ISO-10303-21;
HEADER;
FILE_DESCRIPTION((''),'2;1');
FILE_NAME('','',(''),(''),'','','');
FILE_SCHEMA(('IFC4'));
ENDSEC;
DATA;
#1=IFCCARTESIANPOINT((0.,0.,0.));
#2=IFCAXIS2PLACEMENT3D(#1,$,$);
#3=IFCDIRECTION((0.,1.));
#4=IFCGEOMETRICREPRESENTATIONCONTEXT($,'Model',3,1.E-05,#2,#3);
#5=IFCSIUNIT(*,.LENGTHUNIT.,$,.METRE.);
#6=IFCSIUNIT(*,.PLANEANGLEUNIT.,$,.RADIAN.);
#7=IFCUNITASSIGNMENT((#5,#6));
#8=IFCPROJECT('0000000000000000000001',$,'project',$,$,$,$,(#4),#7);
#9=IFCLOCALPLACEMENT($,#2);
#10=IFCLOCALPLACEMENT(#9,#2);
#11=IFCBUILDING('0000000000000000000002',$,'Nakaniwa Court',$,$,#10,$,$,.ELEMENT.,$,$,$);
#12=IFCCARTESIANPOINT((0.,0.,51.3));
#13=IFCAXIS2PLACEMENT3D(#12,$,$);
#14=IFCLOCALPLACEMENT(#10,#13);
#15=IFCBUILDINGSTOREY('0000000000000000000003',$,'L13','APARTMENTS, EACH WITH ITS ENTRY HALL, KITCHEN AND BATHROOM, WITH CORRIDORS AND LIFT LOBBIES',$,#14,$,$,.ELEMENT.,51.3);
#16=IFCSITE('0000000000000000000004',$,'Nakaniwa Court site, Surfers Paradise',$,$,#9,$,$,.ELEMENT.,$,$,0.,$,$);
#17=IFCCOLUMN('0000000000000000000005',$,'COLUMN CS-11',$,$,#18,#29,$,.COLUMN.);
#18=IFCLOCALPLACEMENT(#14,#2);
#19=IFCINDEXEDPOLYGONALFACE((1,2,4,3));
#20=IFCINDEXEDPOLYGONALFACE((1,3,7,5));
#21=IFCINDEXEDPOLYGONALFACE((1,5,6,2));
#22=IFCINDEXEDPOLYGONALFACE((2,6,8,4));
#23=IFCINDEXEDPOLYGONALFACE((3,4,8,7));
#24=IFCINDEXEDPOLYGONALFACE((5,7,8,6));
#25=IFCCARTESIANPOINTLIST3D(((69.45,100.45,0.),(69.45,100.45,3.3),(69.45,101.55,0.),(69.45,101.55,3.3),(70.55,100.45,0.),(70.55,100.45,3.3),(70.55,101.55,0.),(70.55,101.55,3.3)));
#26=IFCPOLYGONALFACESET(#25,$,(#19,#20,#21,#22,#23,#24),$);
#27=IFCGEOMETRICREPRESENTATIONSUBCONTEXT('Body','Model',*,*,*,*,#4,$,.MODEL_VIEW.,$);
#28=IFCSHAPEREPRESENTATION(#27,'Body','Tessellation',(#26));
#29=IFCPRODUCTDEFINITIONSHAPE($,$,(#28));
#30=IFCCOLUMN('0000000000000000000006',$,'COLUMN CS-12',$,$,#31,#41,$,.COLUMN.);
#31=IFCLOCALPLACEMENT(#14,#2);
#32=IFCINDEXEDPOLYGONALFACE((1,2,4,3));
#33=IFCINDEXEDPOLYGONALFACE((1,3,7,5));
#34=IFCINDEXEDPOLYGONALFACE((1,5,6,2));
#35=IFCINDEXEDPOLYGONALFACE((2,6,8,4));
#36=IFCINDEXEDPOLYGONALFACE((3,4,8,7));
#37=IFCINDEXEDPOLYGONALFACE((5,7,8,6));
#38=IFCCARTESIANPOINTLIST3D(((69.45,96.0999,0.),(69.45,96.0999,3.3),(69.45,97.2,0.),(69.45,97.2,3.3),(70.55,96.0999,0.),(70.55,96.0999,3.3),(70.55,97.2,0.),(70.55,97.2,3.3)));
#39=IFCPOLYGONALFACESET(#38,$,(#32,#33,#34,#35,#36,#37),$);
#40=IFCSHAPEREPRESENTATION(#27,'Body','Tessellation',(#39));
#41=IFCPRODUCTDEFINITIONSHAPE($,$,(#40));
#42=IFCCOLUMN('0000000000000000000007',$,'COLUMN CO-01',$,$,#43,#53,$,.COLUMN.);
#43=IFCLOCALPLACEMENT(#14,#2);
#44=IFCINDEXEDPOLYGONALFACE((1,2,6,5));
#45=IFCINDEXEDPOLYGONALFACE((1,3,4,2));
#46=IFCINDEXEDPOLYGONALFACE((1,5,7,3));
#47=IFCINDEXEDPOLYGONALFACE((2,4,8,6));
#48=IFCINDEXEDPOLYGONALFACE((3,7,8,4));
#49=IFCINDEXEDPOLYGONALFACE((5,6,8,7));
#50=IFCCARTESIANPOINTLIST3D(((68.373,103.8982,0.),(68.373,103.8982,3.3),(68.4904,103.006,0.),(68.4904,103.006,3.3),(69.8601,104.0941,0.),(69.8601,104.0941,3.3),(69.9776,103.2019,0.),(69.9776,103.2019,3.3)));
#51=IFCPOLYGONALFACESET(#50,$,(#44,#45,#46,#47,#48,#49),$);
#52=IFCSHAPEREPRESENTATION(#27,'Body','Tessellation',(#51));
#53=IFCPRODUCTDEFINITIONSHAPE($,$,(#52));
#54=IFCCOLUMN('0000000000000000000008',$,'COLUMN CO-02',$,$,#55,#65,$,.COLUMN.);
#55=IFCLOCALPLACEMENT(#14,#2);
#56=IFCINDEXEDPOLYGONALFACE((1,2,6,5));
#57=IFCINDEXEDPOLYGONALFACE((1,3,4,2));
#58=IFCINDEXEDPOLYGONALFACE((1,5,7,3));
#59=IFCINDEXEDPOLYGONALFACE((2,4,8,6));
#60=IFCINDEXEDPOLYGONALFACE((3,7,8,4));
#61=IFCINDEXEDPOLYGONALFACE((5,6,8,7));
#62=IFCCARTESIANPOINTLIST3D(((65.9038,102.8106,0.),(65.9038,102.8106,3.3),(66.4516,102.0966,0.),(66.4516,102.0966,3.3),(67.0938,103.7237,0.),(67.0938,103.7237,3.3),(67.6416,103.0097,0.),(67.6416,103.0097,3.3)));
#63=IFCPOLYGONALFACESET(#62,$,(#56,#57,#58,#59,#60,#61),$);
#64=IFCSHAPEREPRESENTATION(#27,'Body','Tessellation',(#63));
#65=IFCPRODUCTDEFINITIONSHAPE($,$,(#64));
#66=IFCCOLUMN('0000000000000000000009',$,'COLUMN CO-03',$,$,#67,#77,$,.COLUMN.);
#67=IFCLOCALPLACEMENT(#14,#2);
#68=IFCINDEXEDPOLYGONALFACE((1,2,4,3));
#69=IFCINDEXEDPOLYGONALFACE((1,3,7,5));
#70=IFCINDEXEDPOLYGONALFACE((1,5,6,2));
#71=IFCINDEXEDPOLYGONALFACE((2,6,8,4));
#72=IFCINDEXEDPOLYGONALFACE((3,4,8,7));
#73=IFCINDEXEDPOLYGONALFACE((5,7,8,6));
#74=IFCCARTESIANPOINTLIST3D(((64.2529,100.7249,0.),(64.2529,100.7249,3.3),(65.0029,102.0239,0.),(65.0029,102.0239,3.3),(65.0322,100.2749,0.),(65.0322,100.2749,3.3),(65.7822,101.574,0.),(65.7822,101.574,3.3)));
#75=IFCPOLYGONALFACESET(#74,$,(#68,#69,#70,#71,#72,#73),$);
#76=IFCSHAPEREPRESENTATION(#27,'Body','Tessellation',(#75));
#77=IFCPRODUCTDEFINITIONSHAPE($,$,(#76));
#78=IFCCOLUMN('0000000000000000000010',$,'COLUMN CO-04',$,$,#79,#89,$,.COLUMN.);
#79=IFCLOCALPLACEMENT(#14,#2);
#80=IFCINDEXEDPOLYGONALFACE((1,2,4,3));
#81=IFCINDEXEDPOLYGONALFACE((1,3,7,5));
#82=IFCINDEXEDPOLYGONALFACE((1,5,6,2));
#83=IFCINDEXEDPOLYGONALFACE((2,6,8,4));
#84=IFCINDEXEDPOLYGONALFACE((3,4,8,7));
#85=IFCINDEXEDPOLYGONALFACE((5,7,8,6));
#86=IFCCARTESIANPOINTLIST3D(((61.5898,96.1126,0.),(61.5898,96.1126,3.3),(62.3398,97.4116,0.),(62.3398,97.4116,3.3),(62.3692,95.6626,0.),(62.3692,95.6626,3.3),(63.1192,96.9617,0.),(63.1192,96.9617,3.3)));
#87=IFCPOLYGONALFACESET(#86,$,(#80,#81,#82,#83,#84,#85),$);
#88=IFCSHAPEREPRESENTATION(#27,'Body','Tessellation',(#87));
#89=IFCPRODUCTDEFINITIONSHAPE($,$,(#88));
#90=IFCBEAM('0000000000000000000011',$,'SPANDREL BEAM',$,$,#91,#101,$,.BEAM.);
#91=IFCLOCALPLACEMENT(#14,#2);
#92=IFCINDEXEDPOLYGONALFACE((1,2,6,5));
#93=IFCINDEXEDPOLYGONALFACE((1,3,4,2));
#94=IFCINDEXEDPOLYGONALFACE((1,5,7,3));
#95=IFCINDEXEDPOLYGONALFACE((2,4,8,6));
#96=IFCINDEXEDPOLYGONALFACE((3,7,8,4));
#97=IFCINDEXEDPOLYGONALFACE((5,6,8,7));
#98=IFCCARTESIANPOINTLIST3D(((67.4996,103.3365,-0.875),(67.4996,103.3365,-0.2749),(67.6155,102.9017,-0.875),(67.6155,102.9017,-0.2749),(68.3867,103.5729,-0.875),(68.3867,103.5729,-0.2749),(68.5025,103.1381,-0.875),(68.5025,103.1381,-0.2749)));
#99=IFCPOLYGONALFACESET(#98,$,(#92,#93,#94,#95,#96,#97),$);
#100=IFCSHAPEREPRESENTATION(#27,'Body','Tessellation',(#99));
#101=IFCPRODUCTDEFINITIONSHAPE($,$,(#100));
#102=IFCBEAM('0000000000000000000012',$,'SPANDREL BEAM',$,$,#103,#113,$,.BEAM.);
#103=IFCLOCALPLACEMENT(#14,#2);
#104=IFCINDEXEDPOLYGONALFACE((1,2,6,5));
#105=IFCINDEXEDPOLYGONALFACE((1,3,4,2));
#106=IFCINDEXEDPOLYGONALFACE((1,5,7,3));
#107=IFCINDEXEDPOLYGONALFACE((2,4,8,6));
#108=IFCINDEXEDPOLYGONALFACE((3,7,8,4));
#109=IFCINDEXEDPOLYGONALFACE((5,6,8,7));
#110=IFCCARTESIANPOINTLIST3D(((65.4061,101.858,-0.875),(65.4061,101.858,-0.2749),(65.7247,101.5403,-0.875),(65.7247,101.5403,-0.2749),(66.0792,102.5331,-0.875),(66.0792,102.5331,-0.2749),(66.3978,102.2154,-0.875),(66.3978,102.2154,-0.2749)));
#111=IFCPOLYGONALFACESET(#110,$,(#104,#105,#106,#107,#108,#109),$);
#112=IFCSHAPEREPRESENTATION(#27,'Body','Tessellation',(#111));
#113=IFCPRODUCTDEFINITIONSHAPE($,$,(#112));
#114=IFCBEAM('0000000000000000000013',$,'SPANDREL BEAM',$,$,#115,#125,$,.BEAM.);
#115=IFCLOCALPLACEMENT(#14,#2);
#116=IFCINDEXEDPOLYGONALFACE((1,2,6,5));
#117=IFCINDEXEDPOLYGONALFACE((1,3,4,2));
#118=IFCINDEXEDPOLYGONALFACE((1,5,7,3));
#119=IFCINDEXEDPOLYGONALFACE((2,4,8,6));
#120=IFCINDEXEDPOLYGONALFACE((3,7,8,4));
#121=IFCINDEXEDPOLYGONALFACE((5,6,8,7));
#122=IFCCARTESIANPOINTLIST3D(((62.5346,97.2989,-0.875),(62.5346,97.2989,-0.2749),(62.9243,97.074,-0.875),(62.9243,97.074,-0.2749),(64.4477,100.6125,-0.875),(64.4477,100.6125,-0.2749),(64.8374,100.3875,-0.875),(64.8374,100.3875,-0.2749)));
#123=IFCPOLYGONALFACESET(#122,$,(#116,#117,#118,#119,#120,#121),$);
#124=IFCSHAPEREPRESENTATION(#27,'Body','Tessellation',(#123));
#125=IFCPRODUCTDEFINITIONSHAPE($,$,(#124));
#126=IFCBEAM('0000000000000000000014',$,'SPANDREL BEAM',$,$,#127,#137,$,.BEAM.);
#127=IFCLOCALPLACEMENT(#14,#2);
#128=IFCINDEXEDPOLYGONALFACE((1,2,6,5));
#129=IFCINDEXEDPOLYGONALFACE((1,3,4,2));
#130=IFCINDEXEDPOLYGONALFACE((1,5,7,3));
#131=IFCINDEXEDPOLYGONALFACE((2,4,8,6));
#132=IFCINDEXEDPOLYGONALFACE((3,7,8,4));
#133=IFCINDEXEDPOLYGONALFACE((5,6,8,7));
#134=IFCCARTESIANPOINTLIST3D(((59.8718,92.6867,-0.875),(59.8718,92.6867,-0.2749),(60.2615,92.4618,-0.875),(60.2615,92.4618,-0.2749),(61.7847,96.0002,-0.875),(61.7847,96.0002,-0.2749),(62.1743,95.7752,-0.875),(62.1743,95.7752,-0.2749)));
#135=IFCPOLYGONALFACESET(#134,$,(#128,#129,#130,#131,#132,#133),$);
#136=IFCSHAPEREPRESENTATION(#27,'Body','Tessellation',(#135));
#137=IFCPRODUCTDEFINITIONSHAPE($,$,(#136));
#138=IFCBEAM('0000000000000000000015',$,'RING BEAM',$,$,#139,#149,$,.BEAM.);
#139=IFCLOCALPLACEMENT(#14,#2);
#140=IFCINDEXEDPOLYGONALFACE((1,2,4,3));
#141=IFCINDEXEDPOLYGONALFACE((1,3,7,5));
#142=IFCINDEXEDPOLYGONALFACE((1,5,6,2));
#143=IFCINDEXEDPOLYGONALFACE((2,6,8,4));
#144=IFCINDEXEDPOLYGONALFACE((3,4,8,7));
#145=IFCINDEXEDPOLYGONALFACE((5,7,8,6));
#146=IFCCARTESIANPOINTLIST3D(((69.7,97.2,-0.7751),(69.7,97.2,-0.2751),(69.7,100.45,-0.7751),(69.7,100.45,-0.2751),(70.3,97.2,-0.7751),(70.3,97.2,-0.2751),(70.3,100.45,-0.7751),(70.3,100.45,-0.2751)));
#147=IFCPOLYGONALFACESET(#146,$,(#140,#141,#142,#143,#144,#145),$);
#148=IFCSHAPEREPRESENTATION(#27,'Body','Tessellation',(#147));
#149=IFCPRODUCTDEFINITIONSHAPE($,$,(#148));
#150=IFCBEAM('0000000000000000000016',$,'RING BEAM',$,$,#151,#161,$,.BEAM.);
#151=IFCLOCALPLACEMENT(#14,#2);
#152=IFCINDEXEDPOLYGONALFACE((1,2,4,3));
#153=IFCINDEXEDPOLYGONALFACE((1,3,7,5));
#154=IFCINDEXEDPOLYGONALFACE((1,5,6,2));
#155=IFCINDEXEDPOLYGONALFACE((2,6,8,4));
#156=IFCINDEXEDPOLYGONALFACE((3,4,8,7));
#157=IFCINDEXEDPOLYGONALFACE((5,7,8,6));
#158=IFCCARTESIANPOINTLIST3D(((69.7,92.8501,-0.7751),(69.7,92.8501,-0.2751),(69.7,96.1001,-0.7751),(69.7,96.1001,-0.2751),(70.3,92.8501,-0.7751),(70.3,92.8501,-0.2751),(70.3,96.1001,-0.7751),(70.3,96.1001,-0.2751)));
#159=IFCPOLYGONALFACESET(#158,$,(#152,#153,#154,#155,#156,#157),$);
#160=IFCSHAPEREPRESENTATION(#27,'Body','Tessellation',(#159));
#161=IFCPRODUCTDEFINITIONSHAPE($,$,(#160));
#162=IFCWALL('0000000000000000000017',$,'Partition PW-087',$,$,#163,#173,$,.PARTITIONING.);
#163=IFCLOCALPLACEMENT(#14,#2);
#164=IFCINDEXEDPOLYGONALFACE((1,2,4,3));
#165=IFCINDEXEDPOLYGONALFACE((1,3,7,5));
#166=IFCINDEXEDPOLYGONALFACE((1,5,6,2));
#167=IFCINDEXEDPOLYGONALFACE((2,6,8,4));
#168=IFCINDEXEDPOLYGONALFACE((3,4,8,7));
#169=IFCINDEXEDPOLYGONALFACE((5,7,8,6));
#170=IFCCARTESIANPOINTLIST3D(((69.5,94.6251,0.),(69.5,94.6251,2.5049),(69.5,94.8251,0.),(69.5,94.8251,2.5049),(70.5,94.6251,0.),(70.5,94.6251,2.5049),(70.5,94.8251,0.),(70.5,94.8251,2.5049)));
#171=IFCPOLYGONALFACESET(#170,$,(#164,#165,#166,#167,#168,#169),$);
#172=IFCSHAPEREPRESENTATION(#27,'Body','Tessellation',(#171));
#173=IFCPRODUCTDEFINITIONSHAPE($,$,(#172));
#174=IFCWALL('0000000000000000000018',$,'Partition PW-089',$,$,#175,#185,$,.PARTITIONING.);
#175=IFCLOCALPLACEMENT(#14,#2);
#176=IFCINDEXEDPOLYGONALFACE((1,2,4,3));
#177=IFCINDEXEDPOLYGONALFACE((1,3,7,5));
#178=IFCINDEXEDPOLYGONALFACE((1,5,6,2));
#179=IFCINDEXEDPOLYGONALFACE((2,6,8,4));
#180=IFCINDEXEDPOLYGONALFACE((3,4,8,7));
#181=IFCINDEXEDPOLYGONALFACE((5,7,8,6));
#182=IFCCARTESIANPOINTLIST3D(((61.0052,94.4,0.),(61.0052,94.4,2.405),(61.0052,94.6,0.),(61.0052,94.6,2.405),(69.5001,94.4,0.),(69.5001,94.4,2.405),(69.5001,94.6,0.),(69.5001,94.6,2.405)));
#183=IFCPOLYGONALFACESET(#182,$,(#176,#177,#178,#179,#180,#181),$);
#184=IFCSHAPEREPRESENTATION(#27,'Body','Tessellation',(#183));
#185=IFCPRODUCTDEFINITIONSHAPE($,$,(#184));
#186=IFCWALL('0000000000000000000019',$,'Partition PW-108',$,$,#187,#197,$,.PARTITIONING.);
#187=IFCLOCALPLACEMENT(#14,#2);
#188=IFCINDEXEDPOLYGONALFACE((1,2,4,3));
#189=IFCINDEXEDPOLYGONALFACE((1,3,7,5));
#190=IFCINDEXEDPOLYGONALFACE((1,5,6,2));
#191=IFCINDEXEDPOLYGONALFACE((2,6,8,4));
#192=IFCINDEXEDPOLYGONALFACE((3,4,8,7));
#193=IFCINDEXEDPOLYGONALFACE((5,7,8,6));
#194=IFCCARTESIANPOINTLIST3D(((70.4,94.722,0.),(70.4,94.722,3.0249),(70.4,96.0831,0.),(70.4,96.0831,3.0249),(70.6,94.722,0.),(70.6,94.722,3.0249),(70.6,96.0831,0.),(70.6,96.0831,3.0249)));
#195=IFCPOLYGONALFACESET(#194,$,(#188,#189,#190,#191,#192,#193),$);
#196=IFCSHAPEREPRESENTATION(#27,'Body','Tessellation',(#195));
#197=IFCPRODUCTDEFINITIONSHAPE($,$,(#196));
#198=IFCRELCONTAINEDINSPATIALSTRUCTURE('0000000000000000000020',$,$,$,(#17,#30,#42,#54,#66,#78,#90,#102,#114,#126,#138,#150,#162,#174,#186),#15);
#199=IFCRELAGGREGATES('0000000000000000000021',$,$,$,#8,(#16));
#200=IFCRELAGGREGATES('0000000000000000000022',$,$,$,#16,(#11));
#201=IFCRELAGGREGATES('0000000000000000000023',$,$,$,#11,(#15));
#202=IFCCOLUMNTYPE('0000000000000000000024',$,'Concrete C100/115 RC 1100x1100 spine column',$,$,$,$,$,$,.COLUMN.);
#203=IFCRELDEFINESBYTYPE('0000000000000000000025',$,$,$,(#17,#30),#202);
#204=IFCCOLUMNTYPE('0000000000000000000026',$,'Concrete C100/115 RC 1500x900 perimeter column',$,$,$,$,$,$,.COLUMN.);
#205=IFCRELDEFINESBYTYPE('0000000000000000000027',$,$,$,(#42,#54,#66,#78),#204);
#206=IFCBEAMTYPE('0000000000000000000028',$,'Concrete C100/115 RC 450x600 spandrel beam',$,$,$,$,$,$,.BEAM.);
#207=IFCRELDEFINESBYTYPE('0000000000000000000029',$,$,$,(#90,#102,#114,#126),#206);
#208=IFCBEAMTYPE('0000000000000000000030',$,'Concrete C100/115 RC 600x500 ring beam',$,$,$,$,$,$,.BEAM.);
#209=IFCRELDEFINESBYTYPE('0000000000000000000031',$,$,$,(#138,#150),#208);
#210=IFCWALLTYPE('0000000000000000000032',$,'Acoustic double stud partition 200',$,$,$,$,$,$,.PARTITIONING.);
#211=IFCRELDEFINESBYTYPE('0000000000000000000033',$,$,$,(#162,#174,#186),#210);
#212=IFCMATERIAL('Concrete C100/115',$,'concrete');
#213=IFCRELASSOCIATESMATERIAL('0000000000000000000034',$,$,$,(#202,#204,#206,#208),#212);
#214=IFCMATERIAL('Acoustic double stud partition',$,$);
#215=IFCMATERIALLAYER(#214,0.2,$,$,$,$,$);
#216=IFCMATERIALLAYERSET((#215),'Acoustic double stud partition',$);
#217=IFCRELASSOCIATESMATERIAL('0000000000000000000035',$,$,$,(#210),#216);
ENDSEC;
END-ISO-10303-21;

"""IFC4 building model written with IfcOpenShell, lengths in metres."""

from ifc_helpers import new_model, si_unit, direction, frame, frame_2d, origin, origin_2d, place, context, subcontext, project, spatial, rectangle, extrude, material, layer, layer_set, material_profile, profile_set, type_object, element, save


model = new_model("IFC4")

# Units and contexts
model_context = context("Model", 3, precision=1e-05, world=origin(), true_north=direction((0.0, 1.0)))
body_context = subcontext(model_context, "Body", "Model", "MODEL_VIEW")
ifc_project = project(units=[si_unit("LENGTHUNIT", "METRE"), si_unit("PLANEANGLEUNIT", "RADIAN")], contexts=[model_context])

# Site, building, storey
site_placement = place(None, origin())
site = spatial("IfcSite", under=ifc_project, at=site_placement, Name="Nakaniwa Court site, Surfers Paradise", CompositionType="ELEMENT", RefElevation=0.0)
building_placement = place(site_placement, origin())
building = spatial("IfcBuilding", under=site, at=building_placement, Name="Nakaniwa Court", CompositionType="ELEMENT")
storey_placement = place(building_placement, frame((0.0, 0.0, 51.3)))
storey = spatial("IfcBuildingStorey", under=building, at=storey_placement, Name="L13", Description="APARTMENTS, EACH WITH ITS ENTRY HALL, KITCHEN AND BATHROOM, WITH CORRIDORS AND LIFT LOBBIES", CompositionType="ELEMENT", Elevation=51.3)

# Columns
ifc_material_1 = material(Name="Concrete C100/115", Category="concrete")
ifc_material_profile_1 = material_profile(ifc_material_1, rectangle(XDim=1.1001, YDim=1.1001, at=origin_2d()), Name="Concrete C100/115 RC 1100x1100 spine column")
ifc_profile_set_1 = profile_set([ifc_material_profile_1], Name="Concrete C100/115")
column_type_1 = type_object("IfcColumnType", Name="Concrete C100/115 RC 1100x1100 spine column", PredefinedType="COLUMN", material=ifc_profile_set_1)
for number, where, z_axis, x_axis, name in (
    (1, (70.0, 101.0, 0.0), (0.0, 0.0, 1.0), (0.0, -1.0, 0.0), "COLUMN CS-11"),
    (2, (70.0, 96.6499, 0.0), (0.0, 0.0, 1.0), (0.0, -1.0, 0.0), "COLUMN CS-12"),
):
    element("IfcColumn", number, at=place(storey_placement, frame(where, z_axis=z_axis, x_axis=x_axis)), inside=storey, type_object=column_type_1, Name=name, PredefinedType="COLUMN", context=body_context, shape_type="SweptSolid", body=[
        extrude(rectangle(XDim=1.1001, YDim=1.1001, at=origin_2d()), origin(), (0.0, 0.0, 1.0), 3.3),
    ])
ifc_material_profile_2 = material_profile(ifc_material_1, rectangle(XDim=1.5, YDim=0.8999, at=origin_2d()), Name="Concrete C100/115 RC 1500x900 perimeter column")
ifc_profile_set_2 = profile_set([ifc_material_profile_2], Name="Concrete C100/115")
column_type_2 = type_object("IfcColumnType", Name="Concrete C100/115 RC 1500x900 perimeter column", PredefinedType="COLUMN", material=ifc_profile_set_2)
for number, where, z_axis, x_axis, name in (
    (3, (69.1753, 103.55, 0.0), (0.0, 0.0, 1.0), (-0.991443, -0.130543, 0.0), "COLUMN CO-01"),
    (4, (66.7727, 102.9102, 0.0), (0.0, 0.0, 1.0), (-0.793364, -0.608748, 0.0), "COLUMN CO-02"),
    (5, (65.0176, 101.1494, 0.0), (0.0, 0.0, 1.0), (-0.5, -0.866025, 0.0), "COLUMN CO-03"),
    (6, (62.3545, 96.5371, 0.0), (0.0, 0.0, 1.0), (-0.5, -0.866025, 0.0), "COLUMN CO-04"),
):
    element("IfcColumn", number, at=place(storey_placement, frame(where, z_axis=z_axis, x_axis=x_axis)), inside=storey, type_object=column_type_2, Name=name, PredefinedType="COLUMN", context=body_context, shape_type="SweptSolid", body=[
        extrude(rectangle(XDim=1.5, YDim=0.8999, at=origin_2d()), origin(), (0.0, 0.0, 1.0), 3.3),
    ])

# Beams
ifc_material_profile_3 = material_profile(ifc_material_1, rectangle(XDim=0.45, YDim=0.6001, at=origin_2d()), Name="Concrete C100/115 RC 450x600 spandrel beam")
ifc_profile_set_3 = profile_set([ifc_material_profile_3], Name="Concrete C100/115")
beam_type_1 = type_object("IfcBeamType", Name="Concrete C100/115 RC 450x600 spandrel beam", PredefinedType="BEAM", material=ifc_profile_set_3)
beam_1_placement = place(storey_placement, frame((68.4446, 103.3555, -0.575), z_axis=(-0.966288, -0.257464, 0.0), x_axis=(0.257464, -0.966288, 0.0)))
element("IfcBeam", 7, at=beam_1_placement, inside=storey, type_object=beam_type_1, Name="SPANDREL BEAM", PredefinedType="BEAM", context=body_context, shape_type="SweptSolid", body=[
    extrude(rectangle(XDim=0.45, YDim=0.6001, at=origin_2d()), origin(), (0.0, 0.0, 1.0), 0.918),
])
beam_2_placement = place(storey_placement, frame((66.2385, 102.3743, -0.575), z_axis=(-0.706082, -0.70813, 0.0), x_axis=(0.70813, -0.706082, 0.0)))
element("IfcBeam", 8, at=beam_2_placement, inside=storey, type_object=beam_type_1, Name="SPANDREL BEAM", PredefinedType="BEAM", context=body_context, shape_type="SweptSolid", body=[
    extrude(rectangle(XDim=0.45, YDim=0.6001, at=origin_2d()), origin(), (0.0, 0.0, 1.0), 0.9534),
])
beam_3_placement = place(storey_placement, frame((64.6426, 100.5, -0.575), z_axis=(-0.50001, -0.86602, 0.0), x_axis=(0.86602, -0.50001, 0.0)))
element("IfcBeam", 9, at=beam_3_placement, inside=storey, type_object=beam_type_1, Name="SPANDREL BEAM", PredefinedType="BEAM", context=body_context, shape_type="SweptSolid", body=[
    extrude(rectangle(XDim=0.45, YDim=0.6001, at=origin_2d()), origin(), (0.0, 0.0, 1.0), 3.8262),
])
beam_4_placement = place(storey_placement, frame((61.9795, 95.8877, -0.575), z_axis=(-0.499962, -0.866047, 0.0), x_axis=(0.866047, -0.499962, 0.0)))
element("IfcBeam", 10, at=beam_4_placement, inside=storey, type_object=beam_type_1, Name="SPANDREL BEAM", PredefinedType="BEAM", context=body_context, shape_type="SweptSolid", body=[
    extrude(rectangle(XDim=0.45, YDim=0.6001, at=origin_2d()), origin(), (0.0, 0.0, 1.0), 3.8259),
])
ifc_material_profile_4 = material_profile(ifc_material_1, rectangle(XDim=0.6001, YDim=0.5, at=origin_2d()), Name="Concrete C100/115 RC 600x500 ring beam")
ifc_profile_set_4 = profile_set([ifc_material_profile_4], Name="Concrete C100/115")
beam_type_2 = type_object("IfcBeamType", Name="Concrete C100/115 RC 600x500 ring beam", PredefinedType="BEAM", material=ifc_profile_set_4)
for number, where, z_axis, x_axis, name in (
    (11, (70.0, 100.45, -0.5251), (0.0, -1.0, 0.0), (1.0, 0.0, 0.0), "RING BEAM"),
    (12, (70.0, 96.1001, -0.5251), (0.0, -1.0, 0.0), (1.0, 0.0, 0.0), "RING BEAM"),
):
    element("IfcBeam", number, at=place(storey_placement, frame(where, z_axis=z_axis, x_axis=x_axis)), inside=storey, type_object=beam_type_2, Name=name, PredefinedType="BEAM", context=body_context, shape_type="SweptSolid", body=[
        extrude(rectangle(XDim=0.6001, YDim=0.5, at=origin_2d()), origin(), (0.0, 0.0, 1.0), 3.25),
    ])

# Walls
ifc_material_2 = material(Name="Acoustic double stud partition")
ifc_layer_1 = layer(ifc_material_2, 0.2)
ifc_layer_set_1 = layer_set([ifc_layer_1], Name="Acoustic double stud partition")
wall_type_1 = type_object("IfcWallType", Name="Acoustic double stud partition 200", PredefinedType="PARTITIONING", material=ifc_layer_set_1)
wall_1_placement = place(storey_placement, frame((69.5, 94.7251, 0.0), z_axis=(0.0, 0.0, 1.0), x_axis=(1.0, 0.0, 0.0)))
element("IfcWall", 13, at=wall_1_placement, inside=storey, type_object=wall_type_1, Name="Partition PW-087", PredefinedType="PARTITIONING", context=body_context, shape_type="SweptSolid", body=[
    extrude(rectangle(XDim=1.0, YDim=0.2, at=frame_2d((0.5, 0.0))), origin(), (0.0, 0.0, 1.0), 2.5049),
])
wall_2_placement = place(storey_placement, frame((61.0051, 94.5, 0.0), z_axis=(0.0, 0.0, 1.0), x_axis=(1.0, 0.0, 0.0)))
element("IfcWall", 14, at=wall_2_placement, inside=storey, type_object=wall_type_1, Name="Partition PW-089", PredefinedType="PARTITIONING", context=body_context, shape_type="SweptSolid", body=[
    extrude(rectangle(XDim=8.4949, YDim=0.2, at=frame_2d((4.2476, 0.0))), origin(), (0.0, 0.0, 1.0), 2.405),
])
wall_3_placement = place(storey_placement, frame((70.5, 94.7219, 0.0), z_axis=(0.0, 0.0, 1.0), x_axis=(0.0, 1.0, 0.0)))
element("IfcWall", 15, at=wall_3_placement, inside=storey, type_object=wall_type_1, Name="Partition PW-108", PredefinedType="PARTITIONING", context=body_context, shape_type="SweptSolid", body=[
    extrude(rectangle(XDim=1.3611, YDim=0.2, at=frame_2d((0.6807, 0.0))), origin(), (0.0, 0.0, 1.0), 3.0249),
])

save(model, "model.ifc")
